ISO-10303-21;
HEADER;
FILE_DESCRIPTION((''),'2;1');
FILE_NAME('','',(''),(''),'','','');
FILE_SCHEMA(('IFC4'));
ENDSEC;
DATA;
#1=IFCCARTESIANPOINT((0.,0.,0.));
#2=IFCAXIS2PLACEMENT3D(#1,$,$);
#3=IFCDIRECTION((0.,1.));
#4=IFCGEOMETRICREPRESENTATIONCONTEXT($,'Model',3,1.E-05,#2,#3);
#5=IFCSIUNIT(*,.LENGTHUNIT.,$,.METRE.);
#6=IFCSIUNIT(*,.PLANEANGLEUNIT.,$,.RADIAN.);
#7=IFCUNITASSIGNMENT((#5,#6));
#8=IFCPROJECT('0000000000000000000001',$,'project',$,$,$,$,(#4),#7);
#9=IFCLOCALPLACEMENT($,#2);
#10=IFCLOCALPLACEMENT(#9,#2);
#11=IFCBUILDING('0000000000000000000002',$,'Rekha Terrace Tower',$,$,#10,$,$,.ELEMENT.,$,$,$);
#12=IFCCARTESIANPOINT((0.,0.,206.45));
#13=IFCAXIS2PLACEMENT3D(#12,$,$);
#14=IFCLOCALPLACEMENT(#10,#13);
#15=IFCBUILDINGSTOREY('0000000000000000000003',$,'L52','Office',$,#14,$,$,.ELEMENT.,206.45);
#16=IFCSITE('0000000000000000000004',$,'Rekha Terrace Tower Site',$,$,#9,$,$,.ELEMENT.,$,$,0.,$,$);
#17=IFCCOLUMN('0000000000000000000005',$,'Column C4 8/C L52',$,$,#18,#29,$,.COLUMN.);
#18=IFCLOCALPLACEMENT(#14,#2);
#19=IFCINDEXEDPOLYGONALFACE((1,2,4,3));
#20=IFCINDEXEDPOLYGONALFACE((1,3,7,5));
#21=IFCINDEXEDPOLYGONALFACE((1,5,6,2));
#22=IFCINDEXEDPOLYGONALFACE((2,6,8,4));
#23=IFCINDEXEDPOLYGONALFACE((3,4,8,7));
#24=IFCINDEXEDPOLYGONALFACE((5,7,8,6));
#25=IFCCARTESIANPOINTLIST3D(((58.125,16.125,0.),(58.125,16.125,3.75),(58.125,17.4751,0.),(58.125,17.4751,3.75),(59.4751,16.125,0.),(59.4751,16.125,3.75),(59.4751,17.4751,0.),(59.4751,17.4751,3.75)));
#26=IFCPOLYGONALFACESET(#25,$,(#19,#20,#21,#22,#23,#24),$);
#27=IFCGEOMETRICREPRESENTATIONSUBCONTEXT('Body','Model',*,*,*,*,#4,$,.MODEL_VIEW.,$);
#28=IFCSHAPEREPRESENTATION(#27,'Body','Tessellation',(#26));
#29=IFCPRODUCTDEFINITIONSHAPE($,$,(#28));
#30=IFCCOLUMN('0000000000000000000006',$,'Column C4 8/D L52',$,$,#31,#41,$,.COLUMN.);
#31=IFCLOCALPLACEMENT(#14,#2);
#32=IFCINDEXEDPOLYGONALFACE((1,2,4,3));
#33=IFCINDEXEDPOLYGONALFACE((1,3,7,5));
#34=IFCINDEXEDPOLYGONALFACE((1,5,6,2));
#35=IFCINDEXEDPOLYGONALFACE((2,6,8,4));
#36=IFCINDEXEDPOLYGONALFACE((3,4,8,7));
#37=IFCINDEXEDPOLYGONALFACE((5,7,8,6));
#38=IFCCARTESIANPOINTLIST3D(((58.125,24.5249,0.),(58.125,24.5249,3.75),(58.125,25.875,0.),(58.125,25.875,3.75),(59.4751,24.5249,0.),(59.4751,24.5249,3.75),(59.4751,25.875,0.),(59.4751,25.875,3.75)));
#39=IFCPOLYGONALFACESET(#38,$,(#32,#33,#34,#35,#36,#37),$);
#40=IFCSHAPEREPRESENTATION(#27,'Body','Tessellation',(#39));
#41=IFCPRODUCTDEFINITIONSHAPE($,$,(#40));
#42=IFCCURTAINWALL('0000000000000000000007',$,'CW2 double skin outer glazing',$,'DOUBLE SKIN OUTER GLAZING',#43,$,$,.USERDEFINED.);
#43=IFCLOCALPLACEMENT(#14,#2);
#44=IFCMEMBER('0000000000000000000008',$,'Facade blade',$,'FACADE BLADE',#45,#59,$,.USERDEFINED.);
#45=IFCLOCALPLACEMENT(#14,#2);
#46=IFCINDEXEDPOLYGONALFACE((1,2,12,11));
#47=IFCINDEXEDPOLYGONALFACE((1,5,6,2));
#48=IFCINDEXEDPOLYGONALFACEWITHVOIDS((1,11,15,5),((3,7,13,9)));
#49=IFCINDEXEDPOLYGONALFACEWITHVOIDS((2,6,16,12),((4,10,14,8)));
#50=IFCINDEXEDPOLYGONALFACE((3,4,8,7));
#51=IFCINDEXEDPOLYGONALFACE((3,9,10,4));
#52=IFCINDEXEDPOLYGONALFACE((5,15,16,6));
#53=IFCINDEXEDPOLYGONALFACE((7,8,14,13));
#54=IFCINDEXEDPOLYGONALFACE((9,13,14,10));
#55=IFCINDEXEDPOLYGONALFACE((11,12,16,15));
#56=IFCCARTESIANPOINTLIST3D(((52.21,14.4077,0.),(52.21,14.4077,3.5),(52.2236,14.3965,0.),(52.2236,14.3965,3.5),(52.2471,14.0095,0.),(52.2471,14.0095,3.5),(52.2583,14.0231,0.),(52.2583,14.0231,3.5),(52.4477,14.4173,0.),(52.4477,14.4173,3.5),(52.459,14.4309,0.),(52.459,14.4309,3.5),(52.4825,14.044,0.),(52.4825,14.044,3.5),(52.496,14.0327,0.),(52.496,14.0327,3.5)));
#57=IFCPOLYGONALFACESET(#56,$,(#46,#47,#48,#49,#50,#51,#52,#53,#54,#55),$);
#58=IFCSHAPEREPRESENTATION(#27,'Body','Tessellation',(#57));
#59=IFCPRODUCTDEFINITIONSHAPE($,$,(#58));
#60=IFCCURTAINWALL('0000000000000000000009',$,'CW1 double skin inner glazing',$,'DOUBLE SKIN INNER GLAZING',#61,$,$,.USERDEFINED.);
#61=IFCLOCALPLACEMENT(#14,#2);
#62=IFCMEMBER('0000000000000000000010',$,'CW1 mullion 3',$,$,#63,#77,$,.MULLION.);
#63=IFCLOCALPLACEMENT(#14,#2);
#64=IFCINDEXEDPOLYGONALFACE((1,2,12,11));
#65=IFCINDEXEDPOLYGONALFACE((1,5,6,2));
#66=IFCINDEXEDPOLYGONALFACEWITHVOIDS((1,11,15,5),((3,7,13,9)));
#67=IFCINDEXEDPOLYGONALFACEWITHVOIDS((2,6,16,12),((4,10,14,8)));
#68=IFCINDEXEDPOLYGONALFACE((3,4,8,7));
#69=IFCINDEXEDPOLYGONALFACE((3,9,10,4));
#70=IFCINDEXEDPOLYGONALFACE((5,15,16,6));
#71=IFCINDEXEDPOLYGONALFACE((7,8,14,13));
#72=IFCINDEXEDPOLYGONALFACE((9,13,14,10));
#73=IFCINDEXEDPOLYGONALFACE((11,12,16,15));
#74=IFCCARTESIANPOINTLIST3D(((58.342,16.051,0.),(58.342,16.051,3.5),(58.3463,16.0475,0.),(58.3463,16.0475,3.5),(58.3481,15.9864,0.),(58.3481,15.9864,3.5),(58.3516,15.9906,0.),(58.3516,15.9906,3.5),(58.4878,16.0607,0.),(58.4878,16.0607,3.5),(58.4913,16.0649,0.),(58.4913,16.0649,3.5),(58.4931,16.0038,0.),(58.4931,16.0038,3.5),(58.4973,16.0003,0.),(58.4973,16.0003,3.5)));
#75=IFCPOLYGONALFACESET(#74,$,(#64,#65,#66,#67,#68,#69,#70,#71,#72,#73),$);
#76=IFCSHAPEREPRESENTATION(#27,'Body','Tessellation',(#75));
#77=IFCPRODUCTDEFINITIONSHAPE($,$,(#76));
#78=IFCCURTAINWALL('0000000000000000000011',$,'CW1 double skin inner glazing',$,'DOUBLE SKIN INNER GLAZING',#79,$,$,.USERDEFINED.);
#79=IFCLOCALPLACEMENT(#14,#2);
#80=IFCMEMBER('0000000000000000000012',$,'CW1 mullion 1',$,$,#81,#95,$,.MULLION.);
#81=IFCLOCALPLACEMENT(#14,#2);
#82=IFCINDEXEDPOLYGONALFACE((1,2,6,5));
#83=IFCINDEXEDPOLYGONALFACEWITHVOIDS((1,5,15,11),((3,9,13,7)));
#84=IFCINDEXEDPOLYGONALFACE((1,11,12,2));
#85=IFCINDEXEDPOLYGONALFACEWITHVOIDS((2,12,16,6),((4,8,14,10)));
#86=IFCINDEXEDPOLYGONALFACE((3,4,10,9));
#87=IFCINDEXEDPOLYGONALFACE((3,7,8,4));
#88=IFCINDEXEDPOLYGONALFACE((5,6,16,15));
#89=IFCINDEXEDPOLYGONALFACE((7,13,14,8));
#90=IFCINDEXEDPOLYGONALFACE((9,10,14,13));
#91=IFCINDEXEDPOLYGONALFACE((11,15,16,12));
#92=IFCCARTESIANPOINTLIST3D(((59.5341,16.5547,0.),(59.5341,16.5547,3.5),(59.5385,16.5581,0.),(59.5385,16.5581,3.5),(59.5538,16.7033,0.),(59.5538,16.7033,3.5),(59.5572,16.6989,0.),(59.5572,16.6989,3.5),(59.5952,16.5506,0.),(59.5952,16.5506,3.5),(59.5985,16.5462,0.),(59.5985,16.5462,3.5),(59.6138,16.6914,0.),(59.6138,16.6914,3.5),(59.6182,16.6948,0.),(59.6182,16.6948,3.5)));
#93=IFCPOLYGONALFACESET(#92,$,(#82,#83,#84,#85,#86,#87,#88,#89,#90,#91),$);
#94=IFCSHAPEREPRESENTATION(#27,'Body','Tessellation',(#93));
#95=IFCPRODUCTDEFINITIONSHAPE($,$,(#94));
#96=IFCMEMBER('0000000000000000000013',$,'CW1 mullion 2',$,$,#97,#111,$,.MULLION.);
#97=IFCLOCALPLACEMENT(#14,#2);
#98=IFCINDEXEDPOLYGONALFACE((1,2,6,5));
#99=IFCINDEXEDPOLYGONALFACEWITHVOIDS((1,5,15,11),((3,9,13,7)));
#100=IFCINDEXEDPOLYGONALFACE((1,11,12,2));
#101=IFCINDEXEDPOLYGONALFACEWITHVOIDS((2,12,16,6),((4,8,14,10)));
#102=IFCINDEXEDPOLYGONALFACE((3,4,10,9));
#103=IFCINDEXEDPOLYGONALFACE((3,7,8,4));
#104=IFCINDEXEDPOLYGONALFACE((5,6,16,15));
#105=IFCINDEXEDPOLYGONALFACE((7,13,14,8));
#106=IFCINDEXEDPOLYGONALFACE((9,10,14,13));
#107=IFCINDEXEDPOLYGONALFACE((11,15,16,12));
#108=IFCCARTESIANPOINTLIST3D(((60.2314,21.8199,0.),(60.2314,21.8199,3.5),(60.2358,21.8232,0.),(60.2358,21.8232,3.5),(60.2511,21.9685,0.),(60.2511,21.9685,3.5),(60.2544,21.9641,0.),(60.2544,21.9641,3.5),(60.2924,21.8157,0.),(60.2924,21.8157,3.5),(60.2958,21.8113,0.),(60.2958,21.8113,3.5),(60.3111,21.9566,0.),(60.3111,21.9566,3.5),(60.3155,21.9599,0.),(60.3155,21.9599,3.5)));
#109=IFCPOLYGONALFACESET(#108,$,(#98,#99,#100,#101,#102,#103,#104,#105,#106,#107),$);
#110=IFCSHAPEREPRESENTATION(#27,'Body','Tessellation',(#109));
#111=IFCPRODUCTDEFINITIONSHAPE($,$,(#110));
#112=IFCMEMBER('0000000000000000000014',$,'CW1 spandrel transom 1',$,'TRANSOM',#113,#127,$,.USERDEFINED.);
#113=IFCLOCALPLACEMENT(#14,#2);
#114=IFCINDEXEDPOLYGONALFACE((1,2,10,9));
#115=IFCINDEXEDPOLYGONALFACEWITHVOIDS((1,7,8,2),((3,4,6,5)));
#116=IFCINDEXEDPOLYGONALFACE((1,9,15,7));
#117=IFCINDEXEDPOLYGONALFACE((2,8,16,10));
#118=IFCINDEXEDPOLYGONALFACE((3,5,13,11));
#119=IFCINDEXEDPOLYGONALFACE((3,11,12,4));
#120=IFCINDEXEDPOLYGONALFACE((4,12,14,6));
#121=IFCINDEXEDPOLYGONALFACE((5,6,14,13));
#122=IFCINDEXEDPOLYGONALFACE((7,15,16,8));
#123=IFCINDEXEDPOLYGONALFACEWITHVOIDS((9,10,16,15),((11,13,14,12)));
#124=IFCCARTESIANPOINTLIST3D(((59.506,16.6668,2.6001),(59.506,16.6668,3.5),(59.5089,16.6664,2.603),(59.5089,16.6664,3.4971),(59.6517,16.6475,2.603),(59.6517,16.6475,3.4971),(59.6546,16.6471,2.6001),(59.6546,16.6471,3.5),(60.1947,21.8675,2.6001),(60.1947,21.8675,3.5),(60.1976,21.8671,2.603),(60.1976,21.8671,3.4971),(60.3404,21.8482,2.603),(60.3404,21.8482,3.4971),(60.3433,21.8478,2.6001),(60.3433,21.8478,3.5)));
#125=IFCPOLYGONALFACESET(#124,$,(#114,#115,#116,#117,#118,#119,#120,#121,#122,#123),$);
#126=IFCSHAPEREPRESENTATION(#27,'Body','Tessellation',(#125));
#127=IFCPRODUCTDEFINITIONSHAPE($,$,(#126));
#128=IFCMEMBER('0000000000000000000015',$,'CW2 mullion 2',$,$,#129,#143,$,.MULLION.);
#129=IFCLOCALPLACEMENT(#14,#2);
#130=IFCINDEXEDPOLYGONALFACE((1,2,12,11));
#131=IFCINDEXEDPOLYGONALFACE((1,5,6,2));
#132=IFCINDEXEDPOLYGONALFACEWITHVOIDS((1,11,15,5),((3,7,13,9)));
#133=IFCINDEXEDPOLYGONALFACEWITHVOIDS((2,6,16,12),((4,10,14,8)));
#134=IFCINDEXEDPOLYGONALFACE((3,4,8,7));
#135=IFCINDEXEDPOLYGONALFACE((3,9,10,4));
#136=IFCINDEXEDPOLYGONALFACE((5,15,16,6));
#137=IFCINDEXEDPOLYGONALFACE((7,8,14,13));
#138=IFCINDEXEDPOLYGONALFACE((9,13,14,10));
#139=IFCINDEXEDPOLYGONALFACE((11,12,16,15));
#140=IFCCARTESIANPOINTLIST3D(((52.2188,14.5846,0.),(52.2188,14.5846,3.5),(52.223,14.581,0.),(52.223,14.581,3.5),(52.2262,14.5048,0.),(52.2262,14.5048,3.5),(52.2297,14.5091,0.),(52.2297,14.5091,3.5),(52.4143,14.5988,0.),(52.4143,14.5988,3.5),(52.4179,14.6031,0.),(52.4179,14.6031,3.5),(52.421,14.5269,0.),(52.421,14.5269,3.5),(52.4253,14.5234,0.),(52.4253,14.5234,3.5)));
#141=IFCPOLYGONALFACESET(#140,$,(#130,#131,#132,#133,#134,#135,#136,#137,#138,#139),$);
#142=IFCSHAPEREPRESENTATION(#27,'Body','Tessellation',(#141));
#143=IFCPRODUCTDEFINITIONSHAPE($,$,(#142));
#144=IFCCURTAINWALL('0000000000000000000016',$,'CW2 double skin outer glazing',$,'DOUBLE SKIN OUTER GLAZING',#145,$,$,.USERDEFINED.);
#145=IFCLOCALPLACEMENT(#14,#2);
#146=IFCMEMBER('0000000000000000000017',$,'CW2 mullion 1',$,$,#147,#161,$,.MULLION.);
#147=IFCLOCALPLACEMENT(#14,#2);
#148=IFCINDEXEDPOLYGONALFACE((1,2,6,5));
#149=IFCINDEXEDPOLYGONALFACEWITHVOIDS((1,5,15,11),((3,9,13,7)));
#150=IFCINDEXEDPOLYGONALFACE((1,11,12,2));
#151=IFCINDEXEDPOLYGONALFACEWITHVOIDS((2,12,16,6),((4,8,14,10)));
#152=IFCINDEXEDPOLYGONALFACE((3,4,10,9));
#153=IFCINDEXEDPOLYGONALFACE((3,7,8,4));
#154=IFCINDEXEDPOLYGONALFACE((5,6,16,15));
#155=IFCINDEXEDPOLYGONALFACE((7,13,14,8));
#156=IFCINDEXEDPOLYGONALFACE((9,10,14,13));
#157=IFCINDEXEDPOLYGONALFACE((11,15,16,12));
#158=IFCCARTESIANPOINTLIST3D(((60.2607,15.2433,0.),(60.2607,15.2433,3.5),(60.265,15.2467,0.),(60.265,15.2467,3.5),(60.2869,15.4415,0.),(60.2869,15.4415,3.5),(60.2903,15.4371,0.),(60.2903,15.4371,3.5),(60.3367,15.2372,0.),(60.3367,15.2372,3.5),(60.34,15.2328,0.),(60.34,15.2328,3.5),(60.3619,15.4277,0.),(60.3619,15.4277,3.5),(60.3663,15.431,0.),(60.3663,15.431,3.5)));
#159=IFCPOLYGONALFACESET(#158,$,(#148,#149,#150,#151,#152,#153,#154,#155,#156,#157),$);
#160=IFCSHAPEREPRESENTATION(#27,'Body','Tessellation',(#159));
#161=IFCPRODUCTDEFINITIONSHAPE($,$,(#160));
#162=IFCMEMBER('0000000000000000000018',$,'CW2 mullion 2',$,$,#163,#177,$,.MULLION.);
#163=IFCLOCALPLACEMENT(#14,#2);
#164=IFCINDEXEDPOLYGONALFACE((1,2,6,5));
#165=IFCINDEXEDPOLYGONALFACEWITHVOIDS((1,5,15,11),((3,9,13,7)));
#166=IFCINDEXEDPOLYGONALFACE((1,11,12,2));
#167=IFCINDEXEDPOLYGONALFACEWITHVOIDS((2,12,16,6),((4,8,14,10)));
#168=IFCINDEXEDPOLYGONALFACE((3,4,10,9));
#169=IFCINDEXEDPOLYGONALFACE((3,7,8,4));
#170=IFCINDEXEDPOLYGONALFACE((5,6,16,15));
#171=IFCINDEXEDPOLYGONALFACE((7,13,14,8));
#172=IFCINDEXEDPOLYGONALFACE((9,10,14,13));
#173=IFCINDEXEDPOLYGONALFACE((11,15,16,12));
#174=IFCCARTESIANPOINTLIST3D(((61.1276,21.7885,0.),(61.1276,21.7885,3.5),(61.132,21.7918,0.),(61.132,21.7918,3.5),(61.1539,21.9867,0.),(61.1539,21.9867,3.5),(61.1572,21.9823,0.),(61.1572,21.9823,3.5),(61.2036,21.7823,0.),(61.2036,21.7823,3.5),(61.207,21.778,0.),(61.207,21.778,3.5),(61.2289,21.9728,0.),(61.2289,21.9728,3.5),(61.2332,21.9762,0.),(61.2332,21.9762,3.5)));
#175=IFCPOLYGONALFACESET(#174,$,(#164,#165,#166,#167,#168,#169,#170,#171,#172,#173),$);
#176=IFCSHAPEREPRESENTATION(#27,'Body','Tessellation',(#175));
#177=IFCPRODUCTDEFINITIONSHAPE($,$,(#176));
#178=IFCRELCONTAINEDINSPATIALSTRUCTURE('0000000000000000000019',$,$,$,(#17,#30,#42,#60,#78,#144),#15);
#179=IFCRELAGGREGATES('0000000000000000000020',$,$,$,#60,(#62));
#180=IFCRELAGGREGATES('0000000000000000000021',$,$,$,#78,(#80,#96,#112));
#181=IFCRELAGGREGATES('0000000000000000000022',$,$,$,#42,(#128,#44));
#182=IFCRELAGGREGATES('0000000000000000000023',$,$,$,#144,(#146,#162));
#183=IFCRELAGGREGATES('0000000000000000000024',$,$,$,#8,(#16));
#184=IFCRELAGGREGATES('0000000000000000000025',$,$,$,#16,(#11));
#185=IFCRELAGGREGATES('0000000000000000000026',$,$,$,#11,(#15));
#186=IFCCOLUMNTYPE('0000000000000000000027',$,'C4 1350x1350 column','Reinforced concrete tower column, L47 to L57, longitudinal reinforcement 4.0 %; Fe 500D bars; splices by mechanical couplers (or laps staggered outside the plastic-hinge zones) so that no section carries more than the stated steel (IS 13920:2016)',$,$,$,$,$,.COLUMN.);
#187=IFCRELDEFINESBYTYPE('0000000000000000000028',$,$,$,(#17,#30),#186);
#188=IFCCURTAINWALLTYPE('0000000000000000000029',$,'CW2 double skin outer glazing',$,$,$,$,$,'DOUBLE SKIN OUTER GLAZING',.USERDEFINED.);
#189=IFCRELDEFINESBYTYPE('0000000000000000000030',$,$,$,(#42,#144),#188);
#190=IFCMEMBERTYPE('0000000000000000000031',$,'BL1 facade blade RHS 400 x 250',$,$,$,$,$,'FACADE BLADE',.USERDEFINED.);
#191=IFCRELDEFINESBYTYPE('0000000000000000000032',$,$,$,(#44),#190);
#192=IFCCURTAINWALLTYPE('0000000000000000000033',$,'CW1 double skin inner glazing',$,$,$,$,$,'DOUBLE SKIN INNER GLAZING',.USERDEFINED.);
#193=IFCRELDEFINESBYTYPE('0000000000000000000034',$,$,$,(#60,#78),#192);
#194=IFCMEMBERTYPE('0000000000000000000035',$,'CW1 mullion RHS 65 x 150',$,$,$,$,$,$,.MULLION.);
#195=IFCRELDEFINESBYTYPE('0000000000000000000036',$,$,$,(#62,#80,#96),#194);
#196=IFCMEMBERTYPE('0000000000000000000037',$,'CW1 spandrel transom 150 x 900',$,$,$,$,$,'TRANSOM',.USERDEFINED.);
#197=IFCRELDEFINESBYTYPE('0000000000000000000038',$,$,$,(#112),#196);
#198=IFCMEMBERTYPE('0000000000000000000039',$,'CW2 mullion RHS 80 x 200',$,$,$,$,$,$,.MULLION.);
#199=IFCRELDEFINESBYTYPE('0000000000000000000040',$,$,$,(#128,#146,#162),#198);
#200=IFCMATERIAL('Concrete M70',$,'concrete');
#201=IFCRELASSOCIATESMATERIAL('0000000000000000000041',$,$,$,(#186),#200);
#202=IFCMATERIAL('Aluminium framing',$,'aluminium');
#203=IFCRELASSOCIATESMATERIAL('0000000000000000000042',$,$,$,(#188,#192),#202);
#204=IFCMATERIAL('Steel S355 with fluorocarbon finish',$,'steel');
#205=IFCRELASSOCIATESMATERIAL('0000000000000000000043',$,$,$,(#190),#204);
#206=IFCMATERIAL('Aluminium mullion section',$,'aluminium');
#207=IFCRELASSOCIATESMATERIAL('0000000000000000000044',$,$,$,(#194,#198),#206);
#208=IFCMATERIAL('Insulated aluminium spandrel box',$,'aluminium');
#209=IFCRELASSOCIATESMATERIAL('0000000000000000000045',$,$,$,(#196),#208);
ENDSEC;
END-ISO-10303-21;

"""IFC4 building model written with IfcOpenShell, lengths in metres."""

from ifc_helpers import new_model, si_unit, direction, frame, origin, origin_2d, place, context, subcontext, project, spatial, rectangle, hollow_rectangle, extrude, material, material_profile, profile_set, type_object, element, aggregate, save


model = new_model("IFC4")

# Units and contexts
model_context = context("Model", 3, precision=1e-05, world=origin(), true_north=direction((0.0, 1.0)))
body_context = subcontext(model_context, "Body", "Model", "MODEL_VIEW")
ifc_project = project(units=[si_unit("LENGTHUNIT", "METRE"), si_unit("PLANEANGLEUNIT", "RADIAN")], contexts=[model_context])

# Site, building, storey
site_placement = place(None, origin())
site = spatial("IfcSite", under=ifc_project, at=site_placement, Name="Rekha Terrace Tower Site", CompositionType="ELEMENT", RefElevation=0.0)
building_placement = place(site_placement, origin())
building = spatial("IfcBuilding", under=site, at=building_placement, Name="Rekha Terrace Tower", CompositionType="ELEMENT")
storey_placement = place(building_placement, frame((0.0, 0.0, 206.45)))
storey = spatial("IfcBuildingStorey", under=building, at=storey_placement, Name="L52", Description="Office", CompositionType="ELEMENT", Elevation=206.45)

# Columns
ifc_material_1 = material(Name="Concrete M70", Category="concrete")
ifc_material_profile_1 = material_profile(ifc_material_1, rectangle(XDim=1.3501, YDim=1.3501, at=origin_2d()), Name="RC 1350x1350")
ifc_profile_set_1 = profile_set([ifc_material_profile_1], Name="Concrete M70")
column_type = type_object("IfcColumnType", Name="C4 1350x1350 column", Description="Reinforced concrete tower column, L47 to L57, longitudinal reinforcement 4.0 %; Fe 500D bars; splices by mechanical couplers (or laps staggered outside the plastic-hinge zones) so that no section carries more than the stated steel (IS 13920:2016)", PredefinedType="COLUMN", material=ifc_profile_set_1)
for number, where, z_axis, x_axis, name in (
    (1, (58.8, 16.8, 0.0), (0.0, 0.0, 1.0), (1.0, 0.0, 0.0), "Column C4 8/C L52"),
    (2, (58.8, 25.2, 0.0), (0.0, 0.0, 1.0), (1.0, 0.0, 0.0), "Column C4 8/D L52"),
):
    element("IfcColumn", number, at=place(storey_placement, frame(where, z_axis=z_axis, x_axis=x_axis)), inside=storey, type_object=column_type, Name=name, PredefinedType="COLUMN", context=body_context, shape_type="SweptSolid", body=[
        extrude(rectangle(XDim=1.3501, YDim=1.3501, at=origin_2d()), origin(), (0.0, 0.0, 1.0), 3.75),
    ])

# Curtain walls, members
ifc_material_2 = material(Name="Aluminium framing", Category="aluminium")
curtain_wall_type_1 = type_object("IfcCurtainWallType", Name="CW2 double skin outer glazing", ElementType="DOUBLE SKIN OUTER GLAZING", PredefinedType="USERDEFINED", material=ifc_material_2)
curtain_wall_1_placement = place(storey_placement, origin())
curtain_wall_1 = element("IfcCurtainWall", 3, at=curtain_wall_1_placement, inside=storey, type_object=curtain_wall_type_1, Name="CW2 double skin outer glazing", ObjectType="DOUBLE SKIN OUTER GLAZING", PredefinedType="USERDEFINED")
ifc_material_3 = material(Name="Steel S355 with fluorocarbon finish", Category="steel")
ifc_material_profile_2 = material_profile(ifc_material_3, hollow_rectangle(XDim=0.25, YDim=0.3999, WallThickness=0.0125, at=origin_2d()), Name="RHS400x250x12.5")
ifc_profile_set_2 = profile_set([ifc_material_profile_2], Name="Steel S355 with fluorocarbon finish")
member_type_1 = type_object("IfcMemberType", Name="BL1 facade blade RHS 400 x 250", ElementType="FACADE BLADE", PredefinedType="USERDEFINED", material=ifc_profile_set_2)
member_1_placement = place(storey_placement, frame((52.353, 14.2202, 0.0), z_axis=(0.0, 0.0, 1.0), x_axis=(0.995693, 0.092709, 0.0)))
member_1 = element("IfcMember", 4, at=member_1_placement, type_object=member_type_1, Name="Facade blade", ObjectType="FACADE BLADE", PredefinedType="USERDEFINED", context=body_context, shape_type="SweptSolid", body=[
    extrude(hollow_rectangle(XDim=0.25, YDim=0.3999, WallThickness=0.0125, at=origin_2d()), origin(), (0.0, 0.0, 1.0), 3.5),
])
curtain_wall_type_2 = type_object("IfcCurtainWallType", Name="CW1 double skin inner glazing", ElementType="DOUBLE SKIN INNER GLAZING", PredefinedType="USERDEFINED", material=ifc_material_2)
curtain_wall_2_placement = place(storey_placement, origin())
curtain_wall_2 = element("IfcCurtainWall", 5, at=curtain_wall_2_placement, inside=storey, type_object=curtain_wall_type_2, Name="CW1 double skin inner glazing", ObjectType="DOUBLE SKIN INNER GLAZING", PredefinedType="USERDEFINED")
ifc_material_4 = material(Name="Aluminium mullion section", Category="aluminium")
ifc_material_profile_3 = material_profile(ifc_material_4, hollow_rectangle(XDim=0.0649, YDim=0.1499, WallThickness=0.0039, at=origin_2d()), Name="AL RHS 65x150")
ifc_profile_set_3 = profile_set([ifc_material_profile_3], Name="Aluminium mullion section")
member_type_2 = type_object("IfcMemberType", Name="CW1 mullion RHS 65 x 150", PredefinedType="MULLION", material=ifc_profile_set_3)
member_2_placement = place(storey_placement, frame((58.4197, 16.0256, 0.0), z_axis=(0.0, 0.0, 1.0), x_axis=(-0.092709, 0.995693, 0.0)))
member_2 = element("IfcMember", 6, at=member_2_placement, type_object=member_type_2, Name="CW1 mullion 3", PredefinedType="MULLION", context=body_context, shape_type="SweptSolid", body=[
    extrude(hollow_rectangle(XDim=0.0649, YDim=0.1499, WallThickness=0.0039, at=origin_2d()), origin(), (0.0, 0.0, 1.0), 3.5),
])

# Curtain wall, members
curtain_wall_3_placement = place(storey_placement, origin())
curtain_wall_3 = element("IfcCurtainWall", 7, at=curtain_wall_3_placement, inside=storey, type_object=curtain_wall_type_2, Name="CW1 double skin inner glazing", ObjectType="DOUBLE SKIN INNER GLAZING", PredefinedType="USERDEFINED")
member_3_placement = place(storey_placement, frame((59.5762, 16.6248, 0.0), z_axis=(0.0, 0.0, 1.0), x_axis=(-0.991342, 0.131304, 0.0)))
member_3 = element("IfcMember", 8, at=member_3_placement, type_object=member_type_2, Name="CW1 mullion 1", PredefinedType="MULLION", context=body_context, shape_type="SweptSolid", body=[
    extrude(hollow_rectangle(XDim=0.0649, YDim=0.1499, WallThickness=0.0039, at=origin_2d()), origin(), (0.0, 0.0, 1.0), 3.5),
])
member_4_placement = place(storey_placement, frame((60.2734, 21.8899, 0.0), z_axis=(0.0, 0.0, 1.0), x_axis=(-0.991342, 0.131304, 0.0)))
member_4 = element("IfcMember", 9, at=member_4_placement, type_object=member_type_2, Name="CW1 mullion 2", PredefinedType="MULLION", context=body_context, shape_type="SweptSolid", body=[
    extrude(hollow_rectangle(XDim=0.0649, YDim=0.1499, WallThickness=0.0039, at=origin_2d()), origin(), (0.0, 0.0, 1.0), 3.5),
])
ifc_material_5 = material(Name="Insulated aluminium spandrel box", Category="aluminium")
ifc_material_profile_4 = material_profile(ifc_material_5, hollow_rectangle(XDim=0.1499, YDim=0.8999, WallThickness=0.0029, at=origin_2d()), Name="AL SPANDREL BOX 150x900")
ifc_profile_set_4 = profile_set([ifc_material_profile_4], Name="Insulated aluminium spandrel box")
member_type_3 = type_object("IfcMemberType", Name="CW1 spandrel transom 150 x 900", ElementType="TRANSOM", PredefinedType="USERDEFINED", material=ifc_profile_set_4)
member_5_placement = place(storey_placement, frame((59.5803, 16.657, 3.05), z_axis=(0.131283, 0.991345, 0.0), x_axis=(-0.991345, 0.131283, 0.0)))
member_5 = element("IfcMember", 10, at=member_5_placement, type_object=member_type_3, Name="CW1 spandrel transom 1", ObjectType="TRANSOM", PredefinedType="USERDEFINED", context=body_context, shape_type="SweptSolid", body=[
    extrude(hollow_rectangle(XDim=0.1499, YDim=0.8999, WallThickness=0.0029, at=origin_2d()), origin(), (0.0, 0.0, 1.0), 5.2461),
])

# Member
ifc_material_profile_5 = material_profile(ifc_material_4, hollow_rectangle(XDim=0.0801, YDim=0.2, WallThickness=0.0039, at=origin_2d()), Name="AL RHS 80x200")
ifc_profile_set_5 = profile_set([ifc_material_profile_5], Name="Aluminium mullion section")
member_type_4 = type_object("IfcMemberType", Name="CW2 mullion RHS 80 x 200", PredefinedType="MULLION", material=ifc_profile_set_5)
member_6_placement = place(storey_placement, frame((52.322, 14.554, 0.0), z_axis=(0.0, 0.0, 1.0), x_axis=(-0.092709, 0.995693, 0.0)))
member_6 = element("IfcMember", 11, at=member_6_placement, type_object=member_type_4, Name="CW2 mullion 2", PredefinedType="MULLION", context=body_context, shape_type="SweptSolid", body=[
    extrude(hollow_rectangle(XDim=0.0801, YDim=0.2, WallThickness=0.0039, at=origin_2d()), origin(), (0.0, 0.0, 1.0), 3.5),
])

# Curtain wall, members
curtain_wall_4_placement = place(storey_placement, origin())
curtain_wall_4 = element("IfcCurtainWall", 12, at=curtain_wall_4_placement, inside=storey, type_object=curtain_wall_type_1, Name="CW2 double skin outer glazing", ObjectType="DOUBLE SKIN OUTER GLAZING", PredefinedType="USERDEFINED")
member_7_placement = place(storey_placement, frame((60.3135, 15.3372, 0.0), z_axis=(0.0, 0.0, 1.0), x_axis=(-0.991342, 0.131304, 0.0)))
member_7 = element("IfcMember", 13, at=member_7_placement, type_object=member_type_4, Name="CW2 mullion 1", PredefinedType="MULLION", context=body_context, shape_type="SweptSolid", body=[
    extrude(hollow_rectangle(XDim=0.0801, YDim=0.2, WallThickness=0.0039, at=origin_2d()), origin(), (0.0, 0.0, 1.0), 3.5),
])
member_8_placement = place(storey_placement, frame((61.1804, 21.8823, 0.0), z_axis=(0.0, 0.0, 1.0), x_axis=(-0.991342, 0.131304, 0.0)))
member_8 = element("IfcMember", 14, at=member_8_placement, type_object=member_type_4, Name="CW2 mullion 2", PredefinedType="MULLION", context=body_context, shape_type="SweptSolid", body=[
    extrude(hollow_rectangle(XDim=0.0801, YDim=0.2, WallThickness=0.0039, at=origin_2d()), origin(), (0.0, 0.0, 1.0), 3.5),
])

aggregate(curtain_wall_2, [member_2])
aggregate(curtain_wall_3, [member_3, member_4, member_5])
aggregate(curtain_wall_1, [member_6, member_1])
aggregate(curtain_wall_4, [member_7, member_8])

save(model, "model.ifc")
